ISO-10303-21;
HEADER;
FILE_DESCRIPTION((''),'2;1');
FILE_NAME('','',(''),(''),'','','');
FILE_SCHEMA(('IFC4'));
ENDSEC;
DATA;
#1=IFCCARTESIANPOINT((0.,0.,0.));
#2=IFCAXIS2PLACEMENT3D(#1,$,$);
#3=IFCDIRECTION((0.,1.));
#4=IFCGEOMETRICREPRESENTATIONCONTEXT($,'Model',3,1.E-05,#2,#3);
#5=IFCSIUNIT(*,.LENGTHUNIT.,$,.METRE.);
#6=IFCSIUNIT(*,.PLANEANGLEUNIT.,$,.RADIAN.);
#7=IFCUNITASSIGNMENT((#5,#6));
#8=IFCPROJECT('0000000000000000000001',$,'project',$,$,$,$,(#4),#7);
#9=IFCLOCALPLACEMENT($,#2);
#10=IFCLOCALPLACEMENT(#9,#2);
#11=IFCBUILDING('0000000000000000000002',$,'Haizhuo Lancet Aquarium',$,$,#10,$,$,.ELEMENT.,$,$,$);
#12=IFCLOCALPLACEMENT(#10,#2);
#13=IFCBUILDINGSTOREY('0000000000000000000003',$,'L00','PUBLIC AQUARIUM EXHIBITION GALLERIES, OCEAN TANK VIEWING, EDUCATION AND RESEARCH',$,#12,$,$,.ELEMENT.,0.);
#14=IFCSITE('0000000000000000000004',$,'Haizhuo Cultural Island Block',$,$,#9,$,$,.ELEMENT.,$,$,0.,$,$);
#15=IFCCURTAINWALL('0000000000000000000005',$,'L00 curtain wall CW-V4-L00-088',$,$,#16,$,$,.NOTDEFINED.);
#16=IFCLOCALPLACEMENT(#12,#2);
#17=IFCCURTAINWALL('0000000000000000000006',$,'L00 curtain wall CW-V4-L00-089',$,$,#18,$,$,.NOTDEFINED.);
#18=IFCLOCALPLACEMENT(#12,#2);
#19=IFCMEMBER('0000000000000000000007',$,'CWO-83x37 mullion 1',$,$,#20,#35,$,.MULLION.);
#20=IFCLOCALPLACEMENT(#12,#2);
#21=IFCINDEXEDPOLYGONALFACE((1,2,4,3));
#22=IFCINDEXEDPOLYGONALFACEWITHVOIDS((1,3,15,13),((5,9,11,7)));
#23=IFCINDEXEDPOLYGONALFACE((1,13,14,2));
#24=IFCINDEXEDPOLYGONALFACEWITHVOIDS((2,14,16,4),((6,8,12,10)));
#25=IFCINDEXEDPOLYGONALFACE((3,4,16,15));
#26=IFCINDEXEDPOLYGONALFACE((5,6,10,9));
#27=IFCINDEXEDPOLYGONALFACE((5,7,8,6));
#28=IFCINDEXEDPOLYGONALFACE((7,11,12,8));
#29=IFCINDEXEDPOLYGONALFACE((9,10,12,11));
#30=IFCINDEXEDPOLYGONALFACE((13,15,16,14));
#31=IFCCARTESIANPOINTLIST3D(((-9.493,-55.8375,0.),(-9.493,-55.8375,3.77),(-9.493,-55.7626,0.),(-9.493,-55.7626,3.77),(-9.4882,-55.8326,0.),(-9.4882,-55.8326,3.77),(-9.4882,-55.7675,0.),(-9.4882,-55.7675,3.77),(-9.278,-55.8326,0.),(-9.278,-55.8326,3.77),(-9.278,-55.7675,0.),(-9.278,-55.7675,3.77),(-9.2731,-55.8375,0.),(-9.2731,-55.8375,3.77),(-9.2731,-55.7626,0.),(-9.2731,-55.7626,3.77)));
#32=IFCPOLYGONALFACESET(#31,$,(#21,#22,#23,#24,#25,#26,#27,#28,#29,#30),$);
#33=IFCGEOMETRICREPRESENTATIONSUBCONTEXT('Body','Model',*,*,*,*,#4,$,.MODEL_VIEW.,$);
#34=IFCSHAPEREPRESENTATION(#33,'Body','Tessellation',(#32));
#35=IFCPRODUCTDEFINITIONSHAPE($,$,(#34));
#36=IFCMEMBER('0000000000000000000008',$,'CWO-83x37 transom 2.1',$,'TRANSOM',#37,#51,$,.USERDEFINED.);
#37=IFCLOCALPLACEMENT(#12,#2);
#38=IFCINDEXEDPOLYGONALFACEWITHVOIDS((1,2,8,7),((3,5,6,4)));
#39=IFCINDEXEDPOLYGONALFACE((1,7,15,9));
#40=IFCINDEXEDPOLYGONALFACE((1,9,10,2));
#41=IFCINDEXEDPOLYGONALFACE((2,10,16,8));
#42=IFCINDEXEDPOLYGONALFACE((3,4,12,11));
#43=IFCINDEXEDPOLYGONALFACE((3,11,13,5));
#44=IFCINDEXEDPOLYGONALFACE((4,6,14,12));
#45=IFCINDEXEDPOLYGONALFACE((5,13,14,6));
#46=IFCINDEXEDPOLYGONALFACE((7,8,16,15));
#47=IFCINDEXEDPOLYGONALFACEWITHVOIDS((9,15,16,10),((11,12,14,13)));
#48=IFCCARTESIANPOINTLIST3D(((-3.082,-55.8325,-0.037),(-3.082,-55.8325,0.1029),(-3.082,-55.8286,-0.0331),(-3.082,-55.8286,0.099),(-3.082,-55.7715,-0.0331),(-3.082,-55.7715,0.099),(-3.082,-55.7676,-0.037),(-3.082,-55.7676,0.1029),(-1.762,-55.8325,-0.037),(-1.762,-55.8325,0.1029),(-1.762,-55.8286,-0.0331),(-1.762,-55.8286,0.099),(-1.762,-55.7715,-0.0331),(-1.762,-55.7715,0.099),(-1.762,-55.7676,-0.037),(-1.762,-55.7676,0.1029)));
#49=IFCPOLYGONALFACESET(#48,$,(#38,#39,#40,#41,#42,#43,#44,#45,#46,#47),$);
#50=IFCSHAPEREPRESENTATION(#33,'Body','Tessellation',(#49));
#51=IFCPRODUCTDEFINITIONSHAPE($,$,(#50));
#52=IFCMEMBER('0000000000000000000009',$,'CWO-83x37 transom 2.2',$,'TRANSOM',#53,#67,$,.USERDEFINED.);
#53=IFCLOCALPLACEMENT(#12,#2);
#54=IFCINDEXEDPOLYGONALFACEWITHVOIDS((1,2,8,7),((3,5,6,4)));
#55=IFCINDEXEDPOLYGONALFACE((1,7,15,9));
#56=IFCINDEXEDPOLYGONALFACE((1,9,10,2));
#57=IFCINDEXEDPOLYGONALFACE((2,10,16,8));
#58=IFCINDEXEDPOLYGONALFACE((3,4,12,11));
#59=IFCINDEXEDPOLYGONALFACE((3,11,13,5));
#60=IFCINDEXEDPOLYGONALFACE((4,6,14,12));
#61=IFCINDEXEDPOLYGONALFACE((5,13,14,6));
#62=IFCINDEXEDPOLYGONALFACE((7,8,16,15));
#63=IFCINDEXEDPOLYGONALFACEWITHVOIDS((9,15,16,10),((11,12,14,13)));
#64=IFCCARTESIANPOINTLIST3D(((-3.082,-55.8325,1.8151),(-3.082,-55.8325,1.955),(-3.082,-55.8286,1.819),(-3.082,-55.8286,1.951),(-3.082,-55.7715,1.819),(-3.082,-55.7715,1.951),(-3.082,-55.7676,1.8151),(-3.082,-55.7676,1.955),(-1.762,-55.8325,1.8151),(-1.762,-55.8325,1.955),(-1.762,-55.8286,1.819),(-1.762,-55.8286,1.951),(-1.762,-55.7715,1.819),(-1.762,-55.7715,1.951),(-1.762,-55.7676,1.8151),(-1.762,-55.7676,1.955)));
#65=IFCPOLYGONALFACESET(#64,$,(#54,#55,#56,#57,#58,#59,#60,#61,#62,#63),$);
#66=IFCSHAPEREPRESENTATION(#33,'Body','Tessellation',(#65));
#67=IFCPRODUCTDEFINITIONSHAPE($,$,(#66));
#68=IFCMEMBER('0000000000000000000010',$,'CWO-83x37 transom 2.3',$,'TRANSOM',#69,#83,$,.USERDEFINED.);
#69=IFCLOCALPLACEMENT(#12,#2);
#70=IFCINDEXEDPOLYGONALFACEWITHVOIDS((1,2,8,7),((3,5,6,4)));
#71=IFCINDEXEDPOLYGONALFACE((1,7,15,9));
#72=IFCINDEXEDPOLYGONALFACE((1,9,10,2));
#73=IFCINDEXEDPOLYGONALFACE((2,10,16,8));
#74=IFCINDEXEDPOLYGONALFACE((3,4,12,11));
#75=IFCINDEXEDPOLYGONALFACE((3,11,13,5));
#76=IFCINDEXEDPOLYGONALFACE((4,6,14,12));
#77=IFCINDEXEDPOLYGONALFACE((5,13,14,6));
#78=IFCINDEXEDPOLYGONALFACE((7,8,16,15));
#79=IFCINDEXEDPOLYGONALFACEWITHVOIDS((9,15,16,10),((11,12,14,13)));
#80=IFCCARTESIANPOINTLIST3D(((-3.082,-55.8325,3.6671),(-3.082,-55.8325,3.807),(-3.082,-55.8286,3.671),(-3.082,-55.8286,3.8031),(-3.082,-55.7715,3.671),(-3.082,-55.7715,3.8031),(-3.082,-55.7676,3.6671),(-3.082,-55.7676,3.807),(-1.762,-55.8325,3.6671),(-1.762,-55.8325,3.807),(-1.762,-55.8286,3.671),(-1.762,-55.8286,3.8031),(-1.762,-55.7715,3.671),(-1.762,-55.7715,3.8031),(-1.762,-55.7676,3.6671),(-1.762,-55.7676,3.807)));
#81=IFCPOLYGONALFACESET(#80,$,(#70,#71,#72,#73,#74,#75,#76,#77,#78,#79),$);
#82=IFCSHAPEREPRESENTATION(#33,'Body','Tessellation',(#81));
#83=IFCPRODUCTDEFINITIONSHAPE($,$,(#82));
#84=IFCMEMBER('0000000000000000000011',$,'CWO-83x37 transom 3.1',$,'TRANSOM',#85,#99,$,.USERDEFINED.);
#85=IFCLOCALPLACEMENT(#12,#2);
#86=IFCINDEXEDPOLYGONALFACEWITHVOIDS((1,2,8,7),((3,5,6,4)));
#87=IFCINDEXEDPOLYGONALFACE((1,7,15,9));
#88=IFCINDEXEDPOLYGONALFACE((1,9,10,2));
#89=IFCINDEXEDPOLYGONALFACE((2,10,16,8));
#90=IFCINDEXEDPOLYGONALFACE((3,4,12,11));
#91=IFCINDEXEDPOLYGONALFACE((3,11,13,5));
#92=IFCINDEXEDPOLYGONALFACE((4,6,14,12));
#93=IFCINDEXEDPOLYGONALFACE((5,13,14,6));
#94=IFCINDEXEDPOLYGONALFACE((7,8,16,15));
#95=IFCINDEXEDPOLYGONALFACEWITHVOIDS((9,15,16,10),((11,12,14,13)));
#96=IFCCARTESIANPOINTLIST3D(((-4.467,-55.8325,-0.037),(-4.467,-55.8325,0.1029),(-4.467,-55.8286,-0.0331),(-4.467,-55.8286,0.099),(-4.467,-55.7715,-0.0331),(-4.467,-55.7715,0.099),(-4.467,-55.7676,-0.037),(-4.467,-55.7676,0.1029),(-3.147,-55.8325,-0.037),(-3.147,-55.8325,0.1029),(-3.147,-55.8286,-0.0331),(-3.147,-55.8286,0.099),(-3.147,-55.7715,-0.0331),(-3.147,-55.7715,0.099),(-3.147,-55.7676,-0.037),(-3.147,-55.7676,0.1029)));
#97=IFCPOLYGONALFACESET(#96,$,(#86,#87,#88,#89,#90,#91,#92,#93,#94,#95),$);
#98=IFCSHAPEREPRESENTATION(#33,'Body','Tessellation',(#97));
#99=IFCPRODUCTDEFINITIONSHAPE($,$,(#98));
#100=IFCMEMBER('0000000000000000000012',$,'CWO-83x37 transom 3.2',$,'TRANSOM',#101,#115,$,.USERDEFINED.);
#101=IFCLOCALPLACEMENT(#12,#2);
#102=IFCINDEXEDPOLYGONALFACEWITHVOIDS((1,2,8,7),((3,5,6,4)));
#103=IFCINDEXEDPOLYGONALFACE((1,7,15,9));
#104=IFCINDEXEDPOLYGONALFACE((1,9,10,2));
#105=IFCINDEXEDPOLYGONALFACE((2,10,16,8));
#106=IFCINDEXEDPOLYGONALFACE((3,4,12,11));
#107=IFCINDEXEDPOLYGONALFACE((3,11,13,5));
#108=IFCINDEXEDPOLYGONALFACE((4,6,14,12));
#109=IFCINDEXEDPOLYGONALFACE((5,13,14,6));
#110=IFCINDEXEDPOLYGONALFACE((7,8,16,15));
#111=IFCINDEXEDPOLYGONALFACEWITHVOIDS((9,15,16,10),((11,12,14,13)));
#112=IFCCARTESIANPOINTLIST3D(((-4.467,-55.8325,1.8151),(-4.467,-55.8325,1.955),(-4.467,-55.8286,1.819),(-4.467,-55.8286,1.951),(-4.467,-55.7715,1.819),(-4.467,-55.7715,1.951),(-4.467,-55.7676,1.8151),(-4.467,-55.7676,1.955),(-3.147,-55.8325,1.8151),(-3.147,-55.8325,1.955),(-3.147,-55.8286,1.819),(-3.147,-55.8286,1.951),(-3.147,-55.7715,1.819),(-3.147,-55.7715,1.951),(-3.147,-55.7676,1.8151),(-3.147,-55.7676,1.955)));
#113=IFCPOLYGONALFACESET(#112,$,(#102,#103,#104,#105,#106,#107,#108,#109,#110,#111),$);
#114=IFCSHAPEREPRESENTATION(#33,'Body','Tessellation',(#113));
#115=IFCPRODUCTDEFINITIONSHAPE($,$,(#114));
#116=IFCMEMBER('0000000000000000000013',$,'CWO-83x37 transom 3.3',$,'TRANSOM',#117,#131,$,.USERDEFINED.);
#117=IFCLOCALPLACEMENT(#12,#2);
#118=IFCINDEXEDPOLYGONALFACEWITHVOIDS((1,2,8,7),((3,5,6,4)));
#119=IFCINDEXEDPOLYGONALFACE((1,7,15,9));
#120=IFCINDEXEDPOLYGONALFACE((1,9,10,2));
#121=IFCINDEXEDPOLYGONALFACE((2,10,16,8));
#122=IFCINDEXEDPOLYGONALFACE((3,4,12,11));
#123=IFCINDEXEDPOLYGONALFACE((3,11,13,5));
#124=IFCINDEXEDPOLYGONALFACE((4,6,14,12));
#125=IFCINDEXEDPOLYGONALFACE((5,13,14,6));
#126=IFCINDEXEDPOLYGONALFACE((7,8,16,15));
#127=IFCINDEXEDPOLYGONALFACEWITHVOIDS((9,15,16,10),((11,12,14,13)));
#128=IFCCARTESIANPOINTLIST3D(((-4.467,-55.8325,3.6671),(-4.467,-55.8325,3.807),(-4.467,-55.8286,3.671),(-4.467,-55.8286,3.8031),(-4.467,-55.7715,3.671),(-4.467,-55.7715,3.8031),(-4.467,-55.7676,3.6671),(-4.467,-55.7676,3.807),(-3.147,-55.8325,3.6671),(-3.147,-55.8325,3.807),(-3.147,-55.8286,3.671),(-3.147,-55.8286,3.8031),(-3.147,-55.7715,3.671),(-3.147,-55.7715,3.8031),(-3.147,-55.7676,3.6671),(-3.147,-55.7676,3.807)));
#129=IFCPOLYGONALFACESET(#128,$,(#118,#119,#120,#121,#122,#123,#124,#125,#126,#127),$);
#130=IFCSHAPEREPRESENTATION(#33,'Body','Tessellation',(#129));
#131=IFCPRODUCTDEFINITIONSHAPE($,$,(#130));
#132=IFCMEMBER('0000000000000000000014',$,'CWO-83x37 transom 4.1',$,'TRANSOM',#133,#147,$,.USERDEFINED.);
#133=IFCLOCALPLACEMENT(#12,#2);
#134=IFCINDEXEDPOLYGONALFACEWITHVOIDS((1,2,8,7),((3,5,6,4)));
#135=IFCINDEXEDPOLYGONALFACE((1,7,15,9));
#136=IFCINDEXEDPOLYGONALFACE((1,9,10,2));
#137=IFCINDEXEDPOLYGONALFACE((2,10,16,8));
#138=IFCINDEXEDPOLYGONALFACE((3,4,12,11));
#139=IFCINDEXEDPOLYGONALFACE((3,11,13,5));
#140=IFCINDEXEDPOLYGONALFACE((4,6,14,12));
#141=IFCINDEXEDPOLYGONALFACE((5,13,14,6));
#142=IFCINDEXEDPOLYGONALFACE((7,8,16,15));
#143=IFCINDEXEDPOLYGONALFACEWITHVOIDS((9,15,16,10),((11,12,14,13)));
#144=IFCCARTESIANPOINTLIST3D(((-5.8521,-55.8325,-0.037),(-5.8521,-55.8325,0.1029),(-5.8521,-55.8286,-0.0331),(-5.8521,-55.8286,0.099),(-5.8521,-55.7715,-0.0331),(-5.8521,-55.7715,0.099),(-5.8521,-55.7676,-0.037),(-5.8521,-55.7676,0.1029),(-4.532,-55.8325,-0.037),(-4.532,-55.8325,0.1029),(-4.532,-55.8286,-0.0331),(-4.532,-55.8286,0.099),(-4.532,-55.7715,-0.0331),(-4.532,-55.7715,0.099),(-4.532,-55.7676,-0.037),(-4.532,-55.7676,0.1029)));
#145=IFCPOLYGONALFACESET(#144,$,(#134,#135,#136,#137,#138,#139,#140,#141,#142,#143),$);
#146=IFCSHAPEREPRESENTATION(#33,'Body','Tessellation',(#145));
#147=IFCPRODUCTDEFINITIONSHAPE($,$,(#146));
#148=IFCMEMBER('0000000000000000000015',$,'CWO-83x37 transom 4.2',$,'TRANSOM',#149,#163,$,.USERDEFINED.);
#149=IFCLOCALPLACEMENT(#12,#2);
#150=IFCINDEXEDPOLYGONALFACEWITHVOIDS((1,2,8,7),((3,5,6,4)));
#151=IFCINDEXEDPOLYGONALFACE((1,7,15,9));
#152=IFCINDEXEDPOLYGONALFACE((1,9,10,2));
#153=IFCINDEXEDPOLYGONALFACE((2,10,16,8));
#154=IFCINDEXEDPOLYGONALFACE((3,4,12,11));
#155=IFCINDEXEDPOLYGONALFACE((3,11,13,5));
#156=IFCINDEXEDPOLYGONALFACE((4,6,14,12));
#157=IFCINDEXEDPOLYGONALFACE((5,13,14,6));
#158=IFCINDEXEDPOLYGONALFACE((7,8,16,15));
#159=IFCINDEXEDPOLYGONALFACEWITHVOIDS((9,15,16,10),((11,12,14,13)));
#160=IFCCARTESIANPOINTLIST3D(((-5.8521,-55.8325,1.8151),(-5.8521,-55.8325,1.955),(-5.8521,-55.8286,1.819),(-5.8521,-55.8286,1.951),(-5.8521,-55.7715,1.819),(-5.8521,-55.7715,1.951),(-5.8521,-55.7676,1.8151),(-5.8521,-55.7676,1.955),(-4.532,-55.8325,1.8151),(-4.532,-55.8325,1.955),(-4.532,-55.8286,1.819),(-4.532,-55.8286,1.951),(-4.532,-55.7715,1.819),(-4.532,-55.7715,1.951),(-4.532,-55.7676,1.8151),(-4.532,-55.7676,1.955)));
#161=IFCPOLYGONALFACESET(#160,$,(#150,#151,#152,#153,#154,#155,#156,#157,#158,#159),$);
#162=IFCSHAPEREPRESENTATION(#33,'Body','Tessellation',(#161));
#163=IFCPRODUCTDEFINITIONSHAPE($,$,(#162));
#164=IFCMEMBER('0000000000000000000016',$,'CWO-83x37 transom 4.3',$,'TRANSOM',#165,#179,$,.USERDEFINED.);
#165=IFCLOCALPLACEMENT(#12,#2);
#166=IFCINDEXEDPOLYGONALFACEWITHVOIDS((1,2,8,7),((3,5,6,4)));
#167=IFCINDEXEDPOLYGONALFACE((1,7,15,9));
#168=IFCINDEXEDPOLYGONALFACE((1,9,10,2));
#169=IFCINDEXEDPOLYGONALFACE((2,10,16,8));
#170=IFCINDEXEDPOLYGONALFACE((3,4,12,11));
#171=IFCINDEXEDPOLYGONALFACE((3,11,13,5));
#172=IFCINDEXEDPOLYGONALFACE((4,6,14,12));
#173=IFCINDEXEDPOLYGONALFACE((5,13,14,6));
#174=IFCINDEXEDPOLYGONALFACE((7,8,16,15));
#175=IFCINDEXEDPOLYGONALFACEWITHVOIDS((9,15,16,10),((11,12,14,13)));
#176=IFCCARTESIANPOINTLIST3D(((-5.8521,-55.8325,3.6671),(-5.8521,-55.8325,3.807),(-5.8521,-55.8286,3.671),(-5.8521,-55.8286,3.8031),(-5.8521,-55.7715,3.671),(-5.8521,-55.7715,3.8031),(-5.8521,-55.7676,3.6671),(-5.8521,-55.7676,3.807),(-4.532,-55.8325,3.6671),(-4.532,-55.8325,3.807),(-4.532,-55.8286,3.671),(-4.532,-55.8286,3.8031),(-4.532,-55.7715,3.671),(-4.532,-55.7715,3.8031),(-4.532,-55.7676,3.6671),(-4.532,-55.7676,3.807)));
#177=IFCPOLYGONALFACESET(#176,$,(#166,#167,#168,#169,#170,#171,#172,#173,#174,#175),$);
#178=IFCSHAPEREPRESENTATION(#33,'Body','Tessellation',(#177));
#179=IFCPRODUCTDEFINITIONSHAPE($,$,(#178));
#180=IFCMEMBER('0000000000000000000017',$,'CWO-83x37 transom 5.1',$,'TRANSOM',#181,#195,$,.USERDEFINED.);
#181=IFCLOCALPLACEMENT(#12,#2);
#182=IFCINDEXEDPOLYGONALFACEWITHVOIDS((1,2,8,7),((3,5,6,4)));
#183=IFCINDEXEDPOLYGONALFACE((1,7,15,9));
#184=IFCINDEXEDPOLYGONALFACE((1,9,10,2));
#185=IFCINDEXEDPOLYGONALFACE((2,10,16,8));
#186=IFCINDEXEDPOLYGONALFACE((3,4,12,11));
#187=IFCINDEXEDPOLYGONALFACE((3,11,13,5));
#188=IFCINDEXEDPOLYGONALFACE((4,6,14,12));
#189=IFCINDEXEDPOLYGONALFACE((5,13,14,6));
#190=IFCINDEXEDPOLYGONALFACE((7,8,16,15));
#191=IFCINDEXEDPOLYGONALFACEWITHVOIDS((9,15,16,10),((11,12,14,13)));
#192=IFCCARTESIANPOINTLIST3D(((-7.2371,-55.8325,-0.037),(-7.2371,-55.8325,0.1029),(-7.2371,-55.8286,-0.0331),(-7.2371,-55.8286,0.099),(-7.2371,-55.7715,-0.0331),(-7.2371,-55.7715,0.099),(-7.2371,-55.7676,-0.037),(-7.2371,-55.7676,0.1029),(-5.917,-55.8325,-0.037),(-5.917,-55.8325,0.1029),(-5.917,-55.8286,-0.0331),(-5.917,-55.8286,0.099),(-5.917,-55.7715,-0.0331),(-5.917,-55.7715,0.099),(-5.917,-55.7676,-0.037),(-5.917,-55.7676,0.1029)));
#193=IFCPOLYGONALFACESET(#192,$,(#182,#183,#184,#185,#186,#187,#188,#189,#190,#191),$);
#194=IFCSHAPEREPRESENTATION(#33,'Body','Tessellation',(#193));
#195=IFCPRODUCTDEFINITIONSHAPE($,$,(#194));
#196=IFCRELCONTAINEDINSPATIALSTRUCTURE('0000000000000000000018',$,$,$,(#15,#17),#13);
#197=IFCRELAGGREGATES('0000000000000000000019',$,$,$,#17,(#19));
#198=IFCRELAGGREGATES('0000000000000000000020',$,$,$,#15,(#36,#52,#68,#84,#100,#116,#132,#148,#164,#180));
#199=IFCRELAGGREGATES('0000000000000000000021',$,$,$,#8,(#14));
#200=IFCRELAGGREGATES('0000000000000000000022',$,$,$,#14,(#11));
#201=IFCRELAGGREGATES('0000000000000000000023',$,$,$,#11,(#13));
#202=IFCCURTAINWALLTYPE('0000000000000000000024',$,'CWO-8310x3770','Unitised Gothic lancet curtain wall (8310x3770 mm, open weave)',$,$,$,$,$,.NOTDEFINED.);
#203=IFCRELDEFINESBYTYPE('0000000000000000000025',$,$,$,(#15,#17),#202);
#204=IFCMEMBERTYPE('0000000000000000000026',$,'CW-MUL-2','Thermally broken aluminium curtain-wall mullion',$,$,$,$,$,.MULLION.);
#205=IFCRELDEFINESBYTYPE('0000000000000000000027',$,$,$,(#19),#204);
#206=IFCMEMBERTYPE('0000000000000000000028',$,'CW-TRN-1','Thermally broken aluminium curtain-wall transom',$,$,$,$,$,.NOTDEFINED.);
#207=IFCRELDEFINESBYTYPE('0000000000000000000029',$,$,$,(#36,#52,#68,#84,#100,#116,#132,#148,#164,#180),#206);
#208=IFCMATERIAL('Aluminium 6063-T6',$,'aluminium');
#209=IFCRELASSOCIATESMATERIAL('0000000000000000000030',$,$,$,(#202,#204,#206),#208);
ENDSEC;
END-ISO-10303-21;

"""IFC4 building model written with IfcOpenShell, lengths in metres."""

from ifc_helpers import new_model, si_unit, direction, frame, origin, origin_2d, place, context, subcontext, project, spatial, hollow_rectangle, extrude, material, material_profile, profile_set, type_object, element, aggregate, save


model = new_model("IFC4")

# Units and contexts
model_context = context("Model", 3, precision=1e-05, world=origin(), true_north=direction((0.0, 1.0)))
body_context = subcontext(model_context, "Body", "Model", "MODEL_VIEW")
ifc_project = project(units=[si_unit("LENGTHUNIT", "METRE"), si_unit("PLANEANGLEUNIT", "RADIAN")], contexts=[model_context])

# Site, building, storey
site_placement = place(None, origin())
site = spatial("IfcSite", under=ifc_project, at=site_placement, Name="Haizhuo Cultural Island Block", CompositionType="ELEMENT", RefElevation=0.0)
building_placement = place(site_placement, origin())
building = spatial("IfcBuilding", under=site, at=building_placement, Name="Haizhuo Lancet Aquarium", CompositionType="ELEMENT")
storey_placement = place(building_placement, origin())
storey = spatial("IfcBuildingStorey", under=building, at=storey_placement, Name="L00", Description="PUBLIC AQUARIUM EXHIBITION GALLERIES, OCEAN TANK VIEWING, EDUCATION AND RESEARCH", CompositionType="ELEMENT", Elevation=0.0)

# Curtain wall
ifc_material_1 = material(Name="Aluminium 6063-T6", Category="aluminium")
curtain_wall_type = type_object("IfcCurtainWallType", Name="CWO-8310x3770", Description="Unitised Gothic lancet curtain wall (8310x3770 mm, open weave)", PredefinedType="NOTDEFINED", material=ifc_material_1)
curtain_wall_1_placement = place(storey_placement, origin())
curtain_wall_1 = element("IfcCurtainWall", 1, at=curtain_wall_1_placement, inside=storey, type_object=curtain_wall_type, Name="L00 curtain wall CW-V4-L00-088", PredefinedType="NOTDEFINED")

# Curtain wall, member
curtain_wall_2_placement = place(storey_placement, origin())
curtain_wall_2 = element("IfcCurtainWall", 2, at=curtain_wall_2_placement, inside=storey, type_object=curtain_wall_type, Name="L00 curtain wall CW-V4-L00-089", PredefinedType="NOTDEFINED")
ifc_material_profile_1 = material_profile(ifc_material_1, hollow_rectangle(XDim=0.075, YDim=0.22, WallThickness=0.0049, at=origin_2d()), Name="ALU-M 75x220x5")
ifc_profile_set_1 = profile_set([ifc_material_profile_1], Name="Aluminium 6063-T6")
member_type_1 = type_object("IfcMemberType", Name="CW-MUL-2", Description="Thermally broken aluminium curtain-wall mullion", PredefinedType="MULLION", material=ifc_profile_set_1)
member_1_placement = place(storey_placement, frame((-9.3831, -55.8, 0.0), z_axis=(0.0, 0.0, 1.0), x_axis=(0.0, -1.0, 0.0)))
member_1 = element("IfcMember", 3, at=member_1_placement, type_object=member_type_1, Name="CWO-83x37 mullion 1", PredefinedType="MULLION", context=body_context, shape_type="SweptSolid", body=[
    extrude(hollow_rectangle(XDim=0.075, YDim=0.22, WallThickness=0.0049, at=origin_2d()), origin(), (0.0, 0.0, 1.0), 3.77),
])

# Members
ifc_material_profile_2 = material_profile(ifc_material_1, hollow_rectangle(XDim=0.0649, YDim=0.1399, WallThickness=0.0039, at=origin_2d()), Name="ALU-T 65x140x4")
ifc_profile_set_2 = profile_set([ifc_material_profile_2], Name="Aluminium 6063-T6")
member_type_2 = type_object("IfcMemberType", Name="CW-TRN-1", Description="Thermally broken aluminium curtain-wall transom", PredefinedType="NOTDEFINED", material=ifc_profile_set_2)
member_2_placement = place(storey_placement, frame((-1.762, -55.8, 0.033), z_axis=(-1.0, 0.0, 0.0), x_axis=(0.0, -1.0, 0.0)))
member_2 = element("IfcMember", 4, at=member_2_placement, type_object=member_type_2, Name="CWO-83x37 transom 2.1", ObjectType="TRANSOM", PredefinedType="USERDEFINED", context=body_context, shape_type="SweptSolid", body=[
    extrude(hollow_rectangle(XDim=0.0649, YDim=0.1399, WallThickness=0.0039, at=origin_2d()), origin(), (0.0, 0.0, 1.0), 1.3201),
])
member_3_placement = place(storey_placement, frame((-1.762, -55.8, 1.885), z_axis=(-1.0, 0.0, 0.0), x_axis=(0.0, -1.0, 0.0)))
member_3 = element("IfcMember", 5, at=member_3_placement, type_object=member_type_2, Name="CWO-83x37 transom 2.2", ObjectType="TRANSOM", PredefinedType="USERDEFINED", context=body_context, shape_type="SweptSolid", body=[
    extrude(hollow_rectangle(XDim=0.0649, YDim=0.1399, WallThickness=0.0039, at=origin_2d()), origin(), (0.0, 0.0, 1.0), 1.3201),
])
member_4_placement = place(storey_placement, frame((-1.762, -55.8, 3.7371), z_axis=(-1.0, 0.0, 0.0), x_axis=(0.0, -1.0, 0.0)))
member_4 = element("IfcMember", 6, at=member_4_placement, type_object=member_type_2, Name="CWO-83x37 transom 2.3", ObjectType="TRANSOM", PredefinedType="USERDEFINED", context=body_context, shape_type="SweptSolid", body=[
    extrude(hollow_rectangle(XDim=0.0649, YDim=0.1399, WallThickness=0.0039, at=origin_2d()), origin(), (0.0, 0.0, 1.0), 1.3201),
])
member_5_placement = place(storey_placement, frame((-3.147, -55.8, 0.033), z_axis=(-1.0, 0.0, 0.0), x_axis=(0.0, -1.0, 0.0)))
member_5 = element("IfcMember", 7, at=member_5_placement, type_object=member_type_2, Name="CWO-83x37 transom 3.1", ObjectType="TRANSOM", PredefinedType="USERDEFINED", context=body_context, shape_type="SweptSolid", body=[
    extrude(hollow_rectangle(XDim=0.0649, YDim=0.1399, WallThickness=0.0039, at=origin_2d()), origin(), (0.0, 0.0, 1.0), 1.3201),
])
member_6_placement = place(storey_placement, frame((-3.147, -55.8, 1.885), z_axis=(-1.0, 0.0, 0.0), x_axis=(0.0, -1.0, 0.0)))
member_6 = element("IfcMember", 8, at=member_6_placement, type_object=member_type_2, Name="CWO-83x37 transom 3.2", ObjectType="TRANSOM", PredefinedType="USERDEFINED", context=body_context, shape_type="SweptSolid", body=[
    extrude(hollow_rectangle(XDim=0.0649, YDim=0.1399, WallThickness=0.0039, at=origin_2d()), origin(), (0.0, 0.0, 1.0), 1.3201),
])
member_7_placement = place(storey_placement, frame((-3.147, -55.8, 3.7371), z_axis=(-1.0, 0.0, 0.0), x_axis=(0.0, -1.0, 0.0)))
member_7 = element("IfcMember", 9, at=member_7_placement, type_object=member_type_2, Name="CWO-83x37 transom 3.3", ObjectType="TRANSOM", PredefinedType="USERDEFINED", context=body_context, shape_type="SweptSolid", body=[
    extrude(hollow_rectangle(XDim=0.0649, YDim=0.1399, WallThickness=0.0039, at=origin_2d()), origin(), (0.0, 0.0, 1.0), 1.3201),
])
member_8_placement = place(storey_placement, frame((-4.532, -55.8, 0.033), z_axis=(-1.0, 0.0, 0.0), x_axis=(0.0, -1.0, 0.0)))
member_8 = element("IfcMember", 10, at=member_8_placement, type_object=member_type_2, Name="CWO-83x37 transom 4.1", ObjectType="TRANSOM", PredefinedType="USERDEFINED", context=body_context, shape_type="SweptSolid", body=[
    extrude(hollow_rectangle(XDim=0.0649, YDim=0.1399, WallThickness=0.0039, at=origin_2d()), origin(), (0.0, 0.0, 1.0), 1.3201),
])
member_9_placement = place(storey_placement, frame((-4.532, -55.8, 1.885), z_axis=(-1.0, 0.0, 0.0), x_axis=(0.0, -1.0, 0.0)))
member_9 = element("IfcMember", 11, at=member_9_placement, type_object=member_type_2, Name="CWO-83x37 transom 4.2", ObjectType="TRANSOM", PredefinedType="USERDEFINED", context=body_context, shape_type="SweptSolid", body=[
    extrude(hollow_rectangle(XDim=0.0649, YDim=0.1399, WallThickness=0.0039, at=origin_2d()), origin(), (0.0, 0.0, 1.0), 1.3201),
])
member_10_placement = place(storey_placement, frame((-4.532, -55.8, 3.7371), z_axis=(-1.0, 0.0, 0.0), x_axis=(0.0, -1.0, 0.0)))
member_10 = element("IfcMember", 12, at=member_10_placement, type_object=member_type_2, Name="CWO-83x37 transom 4.3", ObjectType="TRANSOM", PredefinedType="USERDEFINED", context=body_context, shape_type="SweptSolid", body=[
    extrude(hollow_rectangle(XDim=0.0649, YDim=0.1399, WallThickness=0.0039, at=origin_2d()), origin(), (0.0, 0.0, 1.0), 1.3201),
])
member_11_placement = place(storey_placement, frame((-5.917, -55.8, 0.033), z_axis=(-1.0, 0.0, 0.0), x_axis=(0.0, -1.0, 0.0)))
member_11 = element("IfcMember", 13, at=member_11_placement, type_object=member_type_2, Name="CWO-83x37 transom 5.1", ObjectType="TRANSOM", PredefinedType="USERDEFINED", context=body_context, shape_type="SweptSolid", body=[
    extrude(hollow_rectangle(XDim=0.0649, YDim=0.1399, WallThickness=0.0039, at=origin_2d()), origin(), (0.0, 0.0, 1.0), 1.3201),
])
aggregate(curtain_wall_2, [member_1])

aggregate(curtain_wall_1, [member_2, member_3, member_4, member_5, member_6, member_7, member_8, member_9, member_10, member_11])

save(model, "model.ifc")
